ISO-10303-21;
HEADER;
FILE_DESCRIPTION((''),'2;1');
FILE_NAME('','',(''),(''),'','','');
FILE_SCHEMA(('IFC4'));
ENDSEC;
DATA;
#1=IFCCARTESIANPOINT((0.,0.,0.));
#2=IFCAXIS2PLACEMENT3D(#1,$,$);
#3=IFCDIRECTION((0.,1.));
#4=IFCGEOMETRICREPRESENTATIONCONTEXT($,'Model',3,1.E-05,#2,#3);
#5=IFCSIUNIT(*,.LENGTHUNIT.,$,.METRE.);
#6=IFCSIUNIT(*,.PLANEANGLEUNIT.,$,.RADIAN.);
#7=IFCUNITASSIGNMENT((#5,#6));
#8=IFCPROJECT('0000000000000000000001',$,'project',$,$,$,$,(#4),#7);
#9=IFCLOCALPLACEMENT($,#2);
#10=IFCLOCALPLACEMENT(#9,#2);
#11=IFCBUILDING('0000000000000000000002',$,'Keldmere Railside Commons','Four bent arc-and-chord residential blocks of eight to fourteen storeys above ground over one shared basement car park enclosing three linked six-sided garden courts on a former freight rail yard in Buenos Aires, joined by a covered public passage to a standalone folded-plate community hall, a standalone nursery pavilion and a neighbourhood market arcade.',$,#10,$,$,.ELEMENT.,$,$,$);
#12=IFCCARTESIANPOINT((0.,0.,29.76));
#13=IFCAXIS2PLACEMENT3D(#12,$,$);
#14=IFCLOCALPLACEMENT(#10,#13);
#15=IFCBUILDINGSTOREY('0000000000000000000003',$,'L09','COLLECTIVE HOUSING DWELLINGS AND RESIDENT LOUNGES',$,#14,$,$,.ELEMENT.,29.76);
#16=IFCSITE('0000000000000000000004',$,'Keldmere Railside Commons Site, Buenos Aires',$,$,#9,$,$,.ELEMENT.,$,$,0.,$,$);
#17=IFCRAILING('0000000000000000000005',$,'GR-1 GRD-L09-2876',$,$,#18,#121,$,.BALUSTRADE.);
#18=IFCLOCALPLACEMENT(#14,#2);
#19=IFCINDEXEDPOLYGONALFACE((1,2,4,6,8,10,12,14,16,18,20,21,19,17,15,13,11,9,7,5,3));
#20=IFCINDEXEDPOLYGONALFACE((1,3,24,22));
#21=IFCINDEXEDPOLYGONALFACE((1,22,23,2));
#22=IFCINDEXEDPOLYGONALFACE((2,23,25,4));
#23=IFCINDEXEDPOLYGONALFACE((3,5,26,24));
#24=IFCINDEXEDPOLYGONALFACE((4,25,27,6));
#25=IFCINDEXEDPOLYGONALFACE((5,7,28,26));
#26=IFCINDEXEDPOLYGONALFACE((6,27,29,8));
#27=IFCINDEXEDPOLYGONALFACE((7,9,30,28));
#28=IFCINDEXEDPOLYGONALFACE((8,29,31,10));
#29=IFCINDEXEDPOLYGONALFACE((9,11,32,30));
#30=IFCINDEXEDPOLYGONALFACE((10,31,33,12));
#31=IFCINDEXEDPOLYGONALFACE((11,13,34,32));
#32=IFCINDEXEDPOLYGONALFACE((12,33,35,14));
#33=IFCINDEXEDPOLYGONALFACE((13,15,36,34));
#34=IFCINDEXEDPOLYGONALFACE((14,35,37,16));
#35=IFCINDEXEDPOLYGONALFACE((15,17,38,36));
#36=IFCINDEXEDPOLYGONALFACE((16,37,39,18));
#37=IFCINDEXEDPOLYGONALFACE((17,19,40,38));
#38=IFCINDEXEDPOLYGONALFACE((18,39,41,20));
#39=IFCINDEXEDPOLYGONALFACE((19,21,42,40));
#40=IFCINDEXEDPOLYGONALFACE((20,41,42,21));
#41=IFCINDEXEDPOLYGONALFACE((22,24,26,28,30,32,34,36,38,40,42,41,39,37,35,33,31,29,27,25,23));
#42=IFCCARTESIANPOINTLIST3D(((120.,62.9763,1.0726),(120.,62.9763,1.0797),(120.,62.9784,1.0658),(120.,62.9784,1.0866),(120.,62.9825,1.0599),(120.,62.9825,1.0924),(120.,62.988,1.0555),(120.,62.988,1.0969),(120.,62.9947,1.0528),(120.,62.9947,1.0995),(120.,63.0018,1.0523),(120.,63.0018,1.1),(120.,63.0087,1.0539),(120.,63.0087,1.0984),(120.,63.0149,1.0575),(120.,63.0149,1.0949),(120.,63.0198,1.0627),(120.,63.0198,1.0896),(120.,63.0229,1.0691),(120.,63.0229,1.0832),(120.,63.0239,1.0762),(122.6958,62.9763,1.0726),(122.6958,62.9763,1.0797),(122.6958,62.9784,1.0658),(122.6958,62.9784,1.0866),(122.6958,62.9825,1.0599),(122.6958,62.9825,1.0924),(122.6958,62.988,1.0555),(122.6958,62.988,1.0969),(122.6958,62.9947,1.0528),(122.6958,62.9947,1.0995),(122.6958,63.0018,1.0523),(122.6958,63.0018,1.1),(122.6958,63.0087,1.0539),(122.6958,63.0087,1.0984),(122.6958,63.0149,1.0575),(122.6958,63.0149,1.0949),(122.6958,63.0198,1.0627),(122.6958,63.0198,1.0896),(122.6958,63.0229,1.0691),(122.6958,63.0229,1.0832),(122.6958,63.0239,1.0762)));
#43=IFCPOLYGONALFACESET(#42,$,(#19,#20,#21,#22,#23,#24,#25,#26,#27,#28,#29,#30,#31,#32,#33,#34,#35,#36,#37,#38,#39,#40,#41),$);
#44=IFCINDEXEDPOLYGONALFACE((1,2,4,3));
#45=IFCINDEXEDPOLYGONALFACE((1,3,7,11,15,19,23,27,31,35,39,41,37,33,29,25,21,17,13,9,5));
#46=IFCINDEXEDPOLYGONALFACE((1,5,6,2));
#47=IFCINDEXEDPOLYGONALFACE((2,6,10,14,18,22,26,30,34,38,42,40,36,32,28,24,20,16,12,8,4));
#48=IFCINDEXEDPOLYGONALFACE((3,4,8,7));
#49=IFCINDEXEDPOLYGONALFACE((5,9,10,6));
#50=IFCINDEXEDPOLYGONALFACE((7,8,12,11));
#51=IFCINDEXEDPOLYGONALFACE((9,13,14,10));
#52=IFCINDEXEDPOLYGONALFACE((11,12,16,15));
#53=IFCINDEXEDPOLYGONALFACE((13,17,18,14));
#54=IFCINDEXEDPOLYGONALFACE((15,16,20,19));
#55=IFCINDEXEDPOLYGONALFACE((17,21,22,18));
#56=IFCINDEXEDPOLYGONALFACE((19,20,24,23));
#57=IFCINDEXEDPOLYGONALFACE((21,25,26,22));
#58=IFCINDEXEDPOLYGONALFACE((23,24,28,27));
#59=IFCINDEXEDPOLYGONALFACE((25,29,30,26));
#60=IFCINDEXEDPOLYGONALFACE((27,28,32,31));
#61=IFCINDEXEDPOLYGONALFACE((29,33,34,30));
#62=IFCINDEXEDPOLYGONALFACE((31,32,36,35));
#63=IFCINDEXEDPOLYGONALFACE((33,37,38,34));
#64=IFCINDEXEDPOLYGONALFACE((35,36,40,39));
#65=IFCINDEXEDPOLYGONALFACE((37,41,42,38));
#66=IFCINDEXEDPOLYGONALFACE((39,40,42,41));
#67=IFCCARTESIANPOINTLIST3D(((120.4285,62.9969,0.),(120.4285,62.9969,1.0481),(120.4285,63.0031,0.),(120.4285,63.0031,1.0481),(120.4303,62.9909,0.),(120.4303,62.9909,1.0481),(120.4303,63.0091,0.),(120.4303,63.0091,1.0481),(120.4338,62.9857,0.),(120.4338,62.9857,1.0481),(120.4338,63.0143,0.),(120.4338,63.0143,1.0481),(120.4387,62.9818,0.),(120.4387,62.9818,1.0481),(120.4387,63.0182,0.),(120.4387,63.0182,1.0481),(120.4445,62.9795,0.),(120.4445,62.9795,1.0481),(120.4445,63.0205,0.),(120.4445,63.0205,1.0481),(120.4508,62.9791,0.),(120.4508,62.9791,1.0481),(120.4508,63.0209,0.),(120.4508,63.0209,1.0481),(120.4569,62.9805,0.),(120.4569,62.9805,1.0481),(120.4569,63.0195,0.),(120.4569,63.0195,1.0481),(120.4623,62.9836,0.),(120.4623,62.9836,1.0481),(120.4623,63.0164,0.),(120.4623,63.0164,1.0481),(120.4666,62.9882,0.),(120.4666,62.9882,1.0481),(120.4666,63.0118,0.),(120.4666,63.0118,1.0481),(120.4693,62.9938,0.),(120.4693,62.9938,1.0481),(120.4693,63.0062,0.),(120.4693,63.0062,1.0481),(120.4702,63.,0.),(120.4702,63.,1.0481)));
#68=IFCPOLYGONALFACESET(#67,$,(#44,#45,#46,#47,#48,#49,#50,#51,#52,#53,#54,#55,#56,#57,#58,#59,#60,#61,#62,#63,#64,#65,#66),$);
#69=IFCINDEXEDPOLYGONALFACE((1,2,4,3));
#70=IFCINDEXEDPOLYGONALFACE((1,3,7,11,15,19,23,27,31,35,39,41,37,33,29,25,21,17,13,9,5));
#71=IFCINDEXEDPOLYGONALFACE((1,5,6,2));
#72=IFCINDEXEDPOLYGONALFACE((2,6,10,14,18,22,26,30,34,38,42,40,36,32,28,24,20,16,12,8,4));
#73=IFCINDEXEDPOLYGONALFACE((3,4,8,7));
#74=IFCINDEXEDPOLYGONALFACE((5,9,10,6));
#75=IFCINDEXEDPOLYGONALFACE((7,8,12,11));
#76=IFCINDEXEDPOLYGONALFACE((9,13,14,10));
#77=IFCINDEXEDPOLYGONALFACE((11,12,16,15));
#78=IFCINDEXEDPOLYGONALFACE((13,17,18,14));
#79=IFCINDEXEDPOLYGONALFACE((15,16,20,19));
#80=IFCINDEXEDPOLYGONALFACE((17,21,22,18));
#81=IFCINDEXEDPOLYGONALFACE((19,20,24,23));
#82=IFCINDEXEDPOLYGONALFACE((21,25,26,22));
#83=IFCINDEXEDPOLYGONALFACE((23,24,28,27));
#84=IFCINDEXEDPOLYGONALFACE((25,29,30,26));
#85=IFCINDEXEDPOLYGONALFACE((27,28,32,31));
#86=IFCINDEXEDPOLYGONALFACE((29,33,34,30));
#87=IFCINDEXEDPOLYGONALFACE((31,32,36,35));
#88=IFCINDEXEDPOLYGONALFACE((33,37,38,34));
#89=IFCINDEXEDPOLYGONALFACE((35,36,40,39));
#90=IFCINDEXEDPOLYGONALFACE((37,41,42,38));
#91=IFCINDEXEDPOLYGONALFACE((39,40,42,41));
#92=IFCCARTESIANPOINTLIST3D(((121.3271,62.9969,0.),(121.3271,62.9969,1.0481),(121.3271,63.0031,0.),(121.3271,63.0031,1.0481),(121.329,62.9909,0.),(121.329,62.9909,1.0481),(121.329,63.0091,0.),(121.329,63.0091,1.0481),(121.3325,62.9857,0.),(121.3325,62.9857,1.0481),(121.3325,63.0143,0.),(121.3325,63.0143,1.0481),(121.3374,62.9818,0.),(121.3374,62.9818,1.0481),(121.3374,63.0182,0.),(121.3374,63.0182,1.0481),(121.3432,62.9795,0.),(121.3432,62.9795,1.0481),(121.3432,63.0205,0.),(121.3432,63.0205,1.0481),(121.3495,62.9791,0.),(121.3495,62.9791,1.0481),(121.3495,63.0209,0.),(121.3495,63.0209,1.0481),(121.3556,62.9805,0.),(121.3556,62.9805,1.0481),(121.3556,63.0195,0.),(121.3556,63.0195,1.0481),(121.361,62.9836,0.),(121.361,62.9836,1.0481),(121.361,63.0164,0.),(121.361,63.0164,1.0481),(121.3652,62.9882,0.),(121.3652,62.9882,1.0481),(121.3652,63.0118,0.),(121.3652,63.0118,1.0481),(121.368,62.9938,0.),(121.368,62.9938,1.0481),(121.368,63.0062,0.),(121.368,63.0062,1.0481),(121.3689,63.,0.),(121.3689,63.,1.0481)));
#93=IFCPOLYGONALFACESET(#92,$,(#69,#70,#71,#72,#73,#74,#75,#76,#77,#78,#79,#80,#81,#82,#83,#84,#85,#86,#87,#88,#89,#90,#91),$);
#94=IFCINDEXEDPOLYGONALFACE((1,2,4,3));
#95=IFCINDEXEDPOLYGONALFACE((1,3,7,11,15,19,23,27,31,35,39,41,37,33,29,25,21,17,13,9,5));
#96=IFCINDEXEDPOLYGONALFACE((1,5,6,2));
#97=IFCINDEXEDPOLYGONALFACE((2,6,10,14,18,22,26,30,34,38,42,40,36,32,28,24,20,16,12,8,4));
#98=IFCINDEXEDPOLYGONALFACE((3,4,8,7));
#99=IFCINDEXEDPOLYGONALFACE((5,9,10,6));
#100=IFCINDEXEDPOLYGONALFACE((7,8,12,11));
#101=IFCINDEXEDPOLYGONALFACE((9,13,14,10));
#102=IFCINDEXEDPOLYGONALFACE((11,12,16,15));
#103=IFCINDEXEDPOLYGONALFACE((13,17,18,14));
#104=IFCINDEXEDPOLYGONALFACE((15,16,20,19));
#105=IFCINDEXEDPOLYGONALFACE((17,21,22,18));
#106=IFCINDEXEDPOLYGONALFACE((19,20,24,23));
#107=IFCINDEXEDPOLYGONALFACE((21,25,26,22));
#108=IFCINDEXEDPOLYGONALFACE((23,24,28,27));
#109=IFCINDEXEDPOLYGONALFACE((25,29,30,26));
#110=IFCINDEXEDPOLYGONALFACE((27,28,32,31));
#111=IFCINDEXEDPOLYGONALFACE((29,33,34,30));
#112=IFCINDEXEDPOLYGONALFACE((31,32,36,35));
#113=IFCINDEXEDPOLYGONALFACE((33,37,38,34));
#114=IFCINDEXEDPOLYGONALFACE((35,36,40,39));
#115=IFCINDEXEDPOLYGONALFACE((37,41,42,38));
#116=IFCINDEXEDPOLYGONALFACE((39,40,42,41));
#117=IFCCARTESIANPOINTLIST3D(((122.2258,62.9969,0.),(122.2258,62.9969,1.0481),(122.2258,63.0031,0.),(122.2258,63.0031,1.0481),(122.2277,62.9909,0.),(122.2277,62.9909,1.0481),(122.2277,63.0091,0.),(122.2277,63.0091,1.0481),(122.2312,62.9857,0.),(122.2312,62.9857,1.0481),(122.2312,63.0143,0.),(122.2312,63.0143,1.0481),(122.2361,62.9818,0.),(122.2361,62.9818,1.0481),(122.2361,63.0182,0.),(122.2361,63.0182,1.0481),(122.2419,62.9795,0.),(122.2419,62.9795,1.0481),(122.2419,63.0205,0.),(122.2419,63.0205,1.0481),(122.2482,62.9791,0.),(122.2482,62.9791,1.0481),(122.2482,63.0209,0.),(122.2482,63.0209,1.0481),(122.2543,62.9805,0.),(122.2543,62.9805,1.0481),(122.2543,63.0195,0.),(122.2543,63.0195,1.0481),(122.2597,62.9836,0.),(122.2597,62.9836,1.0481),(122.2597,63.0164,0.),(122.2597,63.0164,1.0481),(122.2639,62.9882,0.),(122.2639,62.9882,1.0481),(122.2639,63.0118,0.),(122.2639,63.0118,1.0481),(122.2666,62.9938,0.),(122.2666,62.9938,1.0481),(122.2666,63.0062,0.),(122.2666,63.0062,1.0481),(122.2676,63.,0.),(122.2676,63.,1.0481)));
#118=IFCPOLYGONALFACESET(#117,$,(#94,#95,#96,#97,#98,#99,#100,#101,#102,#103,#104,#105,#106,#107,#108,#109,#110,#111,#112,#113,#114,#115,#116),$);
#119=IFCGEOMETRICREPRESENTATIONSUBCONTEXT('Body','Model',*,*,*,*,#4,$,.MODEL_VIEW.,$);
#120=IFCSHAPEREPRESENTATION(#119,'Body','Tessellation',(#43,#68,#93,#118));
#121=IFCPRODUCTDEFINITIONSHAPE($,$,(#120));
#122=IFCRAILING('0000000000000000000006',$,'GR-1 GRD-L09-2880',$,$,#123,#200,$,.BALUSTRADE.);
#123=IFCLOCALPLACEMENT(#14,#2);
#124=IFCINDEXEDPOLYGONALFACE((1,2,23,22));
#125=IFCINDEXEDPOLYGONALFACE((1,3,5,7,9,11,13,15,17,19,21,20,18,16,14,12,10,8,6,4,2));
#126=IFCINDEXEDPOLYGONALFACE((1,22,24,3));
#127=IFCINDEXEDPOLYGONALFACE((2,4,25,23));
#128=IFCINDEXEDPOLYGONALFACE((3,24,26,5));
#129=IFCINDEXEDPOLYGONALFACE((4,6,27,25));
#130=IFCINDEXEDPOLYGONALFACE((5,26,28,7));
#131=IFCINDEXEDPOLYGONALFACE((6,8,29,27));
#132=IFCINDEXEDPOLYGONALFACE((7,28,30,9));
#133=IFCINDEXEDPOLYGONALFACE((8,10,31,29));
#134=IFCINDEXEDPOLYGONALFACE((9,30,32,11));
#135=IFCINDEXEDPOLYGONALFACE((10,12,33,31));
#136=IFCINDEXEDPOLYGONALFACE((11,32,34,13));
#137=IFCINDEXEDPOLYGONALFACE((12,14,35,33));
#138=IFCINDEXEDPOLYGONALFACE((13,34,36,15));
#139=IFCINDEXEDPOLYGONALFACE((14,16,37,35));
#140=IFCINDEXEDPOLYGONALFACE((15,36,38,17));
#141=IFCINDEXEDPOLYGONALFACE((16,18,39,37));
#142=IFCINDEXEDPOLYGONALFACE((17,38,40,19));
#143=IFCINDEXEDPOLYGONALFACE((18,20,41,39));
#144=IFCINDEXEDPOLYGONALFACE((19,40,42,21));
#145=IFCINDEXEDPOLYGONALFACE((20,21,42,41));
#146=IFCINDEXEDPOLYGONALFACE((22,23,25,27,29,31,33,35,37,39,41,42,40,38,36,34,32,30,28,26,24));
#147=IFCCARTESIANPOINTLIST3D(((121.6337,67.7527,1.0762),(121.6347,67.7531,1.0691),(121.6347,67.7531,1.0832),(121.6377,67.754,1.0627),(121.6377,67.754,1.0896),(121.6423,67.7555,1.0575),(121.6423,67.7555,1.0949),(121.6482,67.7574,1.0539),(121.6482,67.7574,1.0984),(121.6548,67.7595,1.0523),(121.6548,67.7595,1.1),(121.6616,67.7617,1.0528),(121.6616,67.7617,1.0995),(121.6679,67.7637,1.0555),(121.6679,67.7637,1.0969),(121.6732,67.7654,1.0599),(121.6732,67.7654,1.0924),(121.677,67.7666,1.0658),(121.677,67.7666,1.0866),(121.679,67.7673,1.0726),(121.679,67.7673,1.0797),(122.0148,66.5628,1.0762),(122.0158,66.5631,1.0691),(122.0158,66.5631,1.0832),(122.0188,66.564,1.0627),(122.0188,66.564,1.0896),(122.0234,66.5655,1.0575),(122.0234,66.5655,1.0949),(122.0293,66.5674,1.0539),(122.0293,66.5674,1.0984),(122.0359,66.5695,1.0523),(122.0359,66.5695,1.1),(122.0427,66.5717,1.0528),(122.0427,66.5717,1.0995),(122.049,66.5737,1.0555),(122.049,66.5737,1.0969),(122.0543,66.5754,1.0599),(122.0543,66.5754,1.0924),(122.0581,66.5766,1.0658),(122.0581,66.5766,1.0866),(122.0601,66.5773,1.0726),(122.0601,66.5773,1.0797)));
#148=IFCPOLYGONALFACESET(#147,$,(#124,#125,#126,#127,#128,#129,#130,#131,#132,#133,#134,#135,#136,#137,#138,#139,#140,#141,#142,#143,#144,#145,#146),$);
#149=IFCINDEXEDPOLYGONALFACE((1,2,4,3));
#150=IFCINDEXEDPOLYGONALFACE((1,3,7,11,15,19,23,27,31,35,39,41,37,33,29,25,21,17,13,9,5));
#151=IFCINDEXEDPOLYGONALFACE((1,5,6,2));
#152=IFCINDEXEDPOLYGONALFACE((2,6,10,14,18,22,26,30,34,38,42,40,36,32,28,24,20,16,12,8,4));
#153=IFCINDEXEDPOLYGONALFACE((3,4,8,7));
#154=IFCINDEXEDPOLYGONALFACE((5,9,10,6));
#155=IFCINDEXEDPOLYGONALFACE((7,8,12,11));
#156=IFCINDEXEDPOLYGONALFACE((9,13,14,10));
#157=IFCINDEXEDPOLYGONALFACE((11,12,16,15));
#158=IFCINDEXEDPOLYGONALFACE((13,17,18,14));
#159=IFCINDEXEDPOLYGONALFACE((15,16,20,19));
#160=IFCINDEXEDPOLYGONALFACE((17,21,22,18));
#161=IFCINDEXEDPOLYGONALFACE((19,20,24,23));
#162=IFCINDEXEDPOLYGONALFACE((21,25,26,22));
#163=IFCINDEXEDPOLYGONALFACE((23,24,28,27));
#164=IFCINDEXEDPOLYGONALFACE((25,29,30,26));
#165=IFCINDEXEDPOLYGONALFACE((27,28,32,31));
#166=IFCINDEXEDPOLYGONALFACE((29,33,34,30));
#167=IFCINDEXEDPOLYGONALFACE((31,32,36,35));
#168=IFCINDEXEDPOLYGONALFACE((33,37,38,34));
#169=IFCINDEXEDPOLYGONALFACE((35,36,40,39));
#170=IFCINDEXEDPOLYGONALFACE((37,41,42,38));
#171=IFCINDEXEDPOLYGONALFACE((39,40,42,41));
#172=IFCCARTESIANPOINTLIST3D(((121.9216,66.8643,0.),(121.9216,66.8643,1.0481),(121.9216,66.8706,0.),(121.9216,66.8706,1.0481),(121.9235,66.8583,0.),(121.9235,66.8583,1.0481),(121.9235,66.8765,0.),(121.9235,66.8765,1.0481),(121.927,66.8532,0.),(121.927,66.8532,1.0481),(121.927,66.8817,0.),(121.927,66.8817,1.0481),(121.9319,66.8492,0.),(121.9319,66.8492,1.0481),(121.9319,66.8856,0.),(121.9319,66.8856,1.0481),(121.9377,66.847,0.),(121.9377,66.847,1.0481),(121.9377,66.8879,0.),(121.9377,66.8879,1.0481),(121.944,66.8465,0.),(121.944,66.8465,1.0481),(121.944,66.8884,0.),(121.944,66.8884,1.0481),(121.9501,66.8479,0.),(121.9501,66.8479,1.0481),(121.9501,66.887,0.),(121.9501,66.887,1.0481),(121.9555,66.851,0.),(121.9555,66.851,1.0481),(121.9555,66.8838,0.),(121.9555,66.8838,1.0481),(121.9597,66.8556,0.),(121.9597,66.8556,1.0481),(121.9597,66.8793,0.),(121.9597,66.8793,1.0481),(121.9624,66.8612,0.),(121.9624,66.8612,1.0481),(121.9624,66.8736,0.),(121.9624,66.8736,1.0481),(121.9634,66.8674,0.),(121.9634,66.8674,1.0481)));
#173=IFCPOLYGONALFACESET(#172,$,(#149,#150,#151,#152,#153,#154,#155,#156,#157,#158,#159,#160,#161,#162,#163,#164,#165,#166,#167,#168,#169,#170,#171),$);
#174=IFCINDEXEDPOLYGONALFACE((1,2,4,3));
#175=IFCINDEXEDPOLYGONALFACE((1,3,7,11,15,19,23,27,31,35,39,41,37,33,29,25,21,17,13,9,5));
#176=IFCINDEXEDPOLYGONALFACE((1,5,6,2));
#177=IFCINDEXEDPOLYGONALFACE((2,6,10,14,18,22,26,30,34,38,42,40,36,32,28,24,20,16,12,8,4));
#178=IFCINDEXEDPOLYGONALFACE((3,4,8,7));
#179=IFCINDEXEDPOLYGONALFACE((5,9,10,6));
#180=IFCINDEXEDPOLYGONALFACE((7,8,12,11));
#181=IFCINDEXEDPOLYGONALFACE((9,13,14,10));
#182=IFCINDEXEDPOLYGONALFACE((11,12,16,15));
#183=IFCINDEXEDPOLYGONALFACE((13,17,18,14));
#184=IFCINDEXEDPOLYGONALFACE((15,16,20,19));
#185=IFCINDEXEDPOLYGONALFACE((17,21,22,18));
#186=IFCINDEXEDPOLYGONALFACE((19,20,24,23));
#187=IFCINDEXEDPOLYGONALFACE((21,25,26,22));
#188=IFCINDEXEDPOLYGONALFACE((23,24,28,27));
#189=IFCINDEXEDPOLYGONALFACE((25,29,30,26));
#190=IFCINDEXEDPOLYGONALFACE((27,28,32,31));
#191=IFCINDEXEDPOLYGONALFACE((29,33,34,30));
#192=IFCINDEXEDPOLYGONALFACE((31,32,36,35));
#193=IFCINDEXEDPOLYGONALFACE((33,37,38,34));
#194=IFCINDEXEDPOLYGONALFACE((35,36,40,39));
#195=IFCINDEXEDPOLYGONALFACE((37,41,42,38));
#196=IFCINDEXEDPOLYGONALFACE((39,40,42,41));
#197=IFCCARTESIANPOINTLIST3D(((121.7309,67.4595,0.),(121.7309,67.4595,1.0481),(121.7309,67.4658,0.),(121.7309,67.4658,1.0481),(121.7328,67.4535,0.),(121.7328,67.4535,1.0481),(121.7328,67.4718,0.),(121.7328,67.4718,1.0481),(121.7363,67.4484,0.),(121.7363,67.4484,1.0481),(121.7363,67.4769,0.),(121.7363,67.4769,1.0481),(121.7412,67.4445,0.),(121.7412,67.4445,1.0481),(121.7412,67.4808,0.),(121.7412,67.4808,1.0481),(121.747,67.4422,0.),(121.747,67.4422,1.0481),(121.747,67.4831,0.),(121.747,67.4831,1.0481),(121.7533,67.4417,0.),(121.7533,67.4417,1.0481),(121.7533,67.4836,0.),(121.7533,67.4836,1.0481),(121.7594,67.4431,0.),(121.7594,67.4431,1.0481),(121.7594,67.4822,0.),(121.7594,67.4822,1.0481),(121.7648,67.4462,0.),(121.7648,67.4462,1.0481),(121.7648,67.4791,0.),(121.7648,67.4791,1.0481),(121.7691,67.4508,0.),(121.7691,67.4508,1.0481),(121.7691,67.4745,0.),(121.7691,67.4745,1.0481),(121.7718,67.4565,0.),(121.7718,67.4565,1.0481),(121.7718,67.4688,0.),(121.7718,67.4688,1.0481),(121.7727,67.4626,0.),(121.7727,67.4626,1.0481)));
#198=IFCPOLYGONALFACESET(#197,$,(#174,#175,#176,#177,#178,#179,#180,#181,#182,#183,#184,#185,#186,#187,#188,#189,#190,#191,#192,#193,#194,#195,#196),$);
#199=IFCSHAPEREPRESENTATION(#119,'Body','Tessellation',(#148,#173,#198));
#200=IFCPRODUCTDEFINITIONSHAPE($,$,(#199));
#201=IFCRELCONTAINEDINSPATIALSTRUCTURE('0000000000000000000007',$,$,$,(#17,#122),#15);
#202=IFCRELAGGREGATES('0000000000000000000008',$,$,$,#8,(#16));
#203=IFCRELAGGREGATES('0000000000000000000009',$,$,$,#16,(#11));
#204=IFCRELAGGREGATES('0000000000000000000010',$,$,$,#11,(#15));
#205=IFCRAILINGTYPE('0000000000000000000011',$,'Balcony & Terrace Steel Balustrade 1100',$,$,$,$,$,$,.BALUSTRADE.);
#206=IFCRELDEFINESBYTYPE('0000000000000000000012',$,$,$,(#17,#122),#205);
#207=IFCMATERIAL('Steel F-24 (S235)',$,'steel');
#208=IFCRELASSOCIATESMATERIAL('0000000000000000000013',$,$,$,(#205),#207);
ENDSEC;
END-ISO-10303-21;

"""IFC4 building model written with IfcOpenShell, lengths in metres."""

from ifc_helpers import new_model, si_unit, direction, frame, origin, origin_2d, place, context, subcontext, project, spatial, circle, extrude, material, type_object, element, save


model = new_model("IFC4")

# Units and contexts
model_context = context("Model", 3, precision=1e-05, world=origin(), true_north=direction((0.0, 1.0)))
body_context = subcontext(model_context, "Body", "Model", "MODEL_VIEW")
ifc_project = project(units=[si_unit("LENGTHUNIT", "METRE"), si_unit("PLANEANGLEUNIT", "RADIAN")], contexts=[model_context])

# Site, building, storey
site_placement = place(None, origin())
site = spatial("IfcSite", under=ifc_project, at=site_placement, Name="Keldmere Railside Commons Site, Buenos Aires", CompositionType="ELEMENT", RefElevation=0.0)
building_placement = place(site_placement, origin())
building = spatial("IfcBuilding", under=site, at=building_placement, Name="Keldmere Railside Commons", Description="Four bent arc-and-chord residential blocks of eight to fourteen storeys above ground over one shared basement car park enclosing three linked six-sided garden courts on a former freight rail yard in Buenos Aires, joined by a covered public passage to a standalone folded-plate community hall, a standalone nursery pavilion and a neighbourhood market arcade.", CompositionType="ELEMENT")
storey_placement = place(building_placement, frame((0.0, 0.0, 29.76)))
storey = spatial("IfcBuildingStorey", under=building, at=storey_placement, Name="L09", Description="COLLECTIVE HOUSING DWELLINGS AND RESIDENT LOUNGES", CompositionType="ELEMENT", Elevation=29.76)

# Railings
ifc_material_1 = material(Name="Steel F-24 (S235)", Category="steel")
railing_type = type_object("IfcRailingType", Name="Balcony & Terrace Steel Balustrade 1100", PredefinedType="BALUSTRADE", material=ifc_material_1)
railing_1_placement = place(storey_placement, frame((120.0, 63.0, 0.0)))
element("IfcRailing", 1, at=railing_1_placement, inside=storey, type_object=railing_type, Name="GR-1 GRD-L09-2876", PredefinedType="BALUSTRADE", context=body_context, shape_type="SweptSolid", body=[
    extrude(circle(Radius=0.0239, at=origin_2d()), frame((0.0, 0.0, 1.0762), z_axis=(1.0, 0.0, 0.0), x_axis=(0.0, 1.0, 0.0)), (0.0, 0.0, 1.0), 2.6958),
    extrude(circle(Radius=0.021, at=origin_2d()), frame((0.4492, 0.0, 0.0)), (0.0, 0.0, 1.0), 1.0481),
    extrude(circle(Radius=0.021, at=origin_2d()), frame((1.3479, 0.0, 0.0)), (0.0, 0.0, 1.0), 1.0481),
    extrude(circle(Radius=0.021, at=origin_2d()), frame((2.2466, 0.0, 0.0)), (0.0, 0.0, 1.0), 1.0481),
])
railing_2_placement = place(storey_placement, frame((122.0376, 66.5701, 0.0)))
element("IfcRailing", 2, at=railing_2_placement, inside=storey, type_object=railing_type, Name="GR-1 GRD-L09-2880", PredefinedType="BALUSTRADE", context=body_context, shape_type="SweptSolid", body=[
    extrude(circle(Radius=0.0239, at=origin_2d()), frame((0.0, 0.0, 1.0762), z_axis=(-0.30501, 0.952349, 0.0), x_axis=(-0.952349, -0.30501, 0.0)), (0.0, 0.0, 1.0), 1.2495),
    extrude(circle(Radius=0.021, at=origin_2d()), frame((-0.0952, 0.2974, 0.0)), (0.0, 0.0, 1.0), 1.0481),
    extrude(circle(Radius=0.021, at=origin_2d()), frame((-0.2859, 0.8926, 0.0)), (0.0, 0.0, 1.0), 1.0481),
])

save(model, "model.ifc")
